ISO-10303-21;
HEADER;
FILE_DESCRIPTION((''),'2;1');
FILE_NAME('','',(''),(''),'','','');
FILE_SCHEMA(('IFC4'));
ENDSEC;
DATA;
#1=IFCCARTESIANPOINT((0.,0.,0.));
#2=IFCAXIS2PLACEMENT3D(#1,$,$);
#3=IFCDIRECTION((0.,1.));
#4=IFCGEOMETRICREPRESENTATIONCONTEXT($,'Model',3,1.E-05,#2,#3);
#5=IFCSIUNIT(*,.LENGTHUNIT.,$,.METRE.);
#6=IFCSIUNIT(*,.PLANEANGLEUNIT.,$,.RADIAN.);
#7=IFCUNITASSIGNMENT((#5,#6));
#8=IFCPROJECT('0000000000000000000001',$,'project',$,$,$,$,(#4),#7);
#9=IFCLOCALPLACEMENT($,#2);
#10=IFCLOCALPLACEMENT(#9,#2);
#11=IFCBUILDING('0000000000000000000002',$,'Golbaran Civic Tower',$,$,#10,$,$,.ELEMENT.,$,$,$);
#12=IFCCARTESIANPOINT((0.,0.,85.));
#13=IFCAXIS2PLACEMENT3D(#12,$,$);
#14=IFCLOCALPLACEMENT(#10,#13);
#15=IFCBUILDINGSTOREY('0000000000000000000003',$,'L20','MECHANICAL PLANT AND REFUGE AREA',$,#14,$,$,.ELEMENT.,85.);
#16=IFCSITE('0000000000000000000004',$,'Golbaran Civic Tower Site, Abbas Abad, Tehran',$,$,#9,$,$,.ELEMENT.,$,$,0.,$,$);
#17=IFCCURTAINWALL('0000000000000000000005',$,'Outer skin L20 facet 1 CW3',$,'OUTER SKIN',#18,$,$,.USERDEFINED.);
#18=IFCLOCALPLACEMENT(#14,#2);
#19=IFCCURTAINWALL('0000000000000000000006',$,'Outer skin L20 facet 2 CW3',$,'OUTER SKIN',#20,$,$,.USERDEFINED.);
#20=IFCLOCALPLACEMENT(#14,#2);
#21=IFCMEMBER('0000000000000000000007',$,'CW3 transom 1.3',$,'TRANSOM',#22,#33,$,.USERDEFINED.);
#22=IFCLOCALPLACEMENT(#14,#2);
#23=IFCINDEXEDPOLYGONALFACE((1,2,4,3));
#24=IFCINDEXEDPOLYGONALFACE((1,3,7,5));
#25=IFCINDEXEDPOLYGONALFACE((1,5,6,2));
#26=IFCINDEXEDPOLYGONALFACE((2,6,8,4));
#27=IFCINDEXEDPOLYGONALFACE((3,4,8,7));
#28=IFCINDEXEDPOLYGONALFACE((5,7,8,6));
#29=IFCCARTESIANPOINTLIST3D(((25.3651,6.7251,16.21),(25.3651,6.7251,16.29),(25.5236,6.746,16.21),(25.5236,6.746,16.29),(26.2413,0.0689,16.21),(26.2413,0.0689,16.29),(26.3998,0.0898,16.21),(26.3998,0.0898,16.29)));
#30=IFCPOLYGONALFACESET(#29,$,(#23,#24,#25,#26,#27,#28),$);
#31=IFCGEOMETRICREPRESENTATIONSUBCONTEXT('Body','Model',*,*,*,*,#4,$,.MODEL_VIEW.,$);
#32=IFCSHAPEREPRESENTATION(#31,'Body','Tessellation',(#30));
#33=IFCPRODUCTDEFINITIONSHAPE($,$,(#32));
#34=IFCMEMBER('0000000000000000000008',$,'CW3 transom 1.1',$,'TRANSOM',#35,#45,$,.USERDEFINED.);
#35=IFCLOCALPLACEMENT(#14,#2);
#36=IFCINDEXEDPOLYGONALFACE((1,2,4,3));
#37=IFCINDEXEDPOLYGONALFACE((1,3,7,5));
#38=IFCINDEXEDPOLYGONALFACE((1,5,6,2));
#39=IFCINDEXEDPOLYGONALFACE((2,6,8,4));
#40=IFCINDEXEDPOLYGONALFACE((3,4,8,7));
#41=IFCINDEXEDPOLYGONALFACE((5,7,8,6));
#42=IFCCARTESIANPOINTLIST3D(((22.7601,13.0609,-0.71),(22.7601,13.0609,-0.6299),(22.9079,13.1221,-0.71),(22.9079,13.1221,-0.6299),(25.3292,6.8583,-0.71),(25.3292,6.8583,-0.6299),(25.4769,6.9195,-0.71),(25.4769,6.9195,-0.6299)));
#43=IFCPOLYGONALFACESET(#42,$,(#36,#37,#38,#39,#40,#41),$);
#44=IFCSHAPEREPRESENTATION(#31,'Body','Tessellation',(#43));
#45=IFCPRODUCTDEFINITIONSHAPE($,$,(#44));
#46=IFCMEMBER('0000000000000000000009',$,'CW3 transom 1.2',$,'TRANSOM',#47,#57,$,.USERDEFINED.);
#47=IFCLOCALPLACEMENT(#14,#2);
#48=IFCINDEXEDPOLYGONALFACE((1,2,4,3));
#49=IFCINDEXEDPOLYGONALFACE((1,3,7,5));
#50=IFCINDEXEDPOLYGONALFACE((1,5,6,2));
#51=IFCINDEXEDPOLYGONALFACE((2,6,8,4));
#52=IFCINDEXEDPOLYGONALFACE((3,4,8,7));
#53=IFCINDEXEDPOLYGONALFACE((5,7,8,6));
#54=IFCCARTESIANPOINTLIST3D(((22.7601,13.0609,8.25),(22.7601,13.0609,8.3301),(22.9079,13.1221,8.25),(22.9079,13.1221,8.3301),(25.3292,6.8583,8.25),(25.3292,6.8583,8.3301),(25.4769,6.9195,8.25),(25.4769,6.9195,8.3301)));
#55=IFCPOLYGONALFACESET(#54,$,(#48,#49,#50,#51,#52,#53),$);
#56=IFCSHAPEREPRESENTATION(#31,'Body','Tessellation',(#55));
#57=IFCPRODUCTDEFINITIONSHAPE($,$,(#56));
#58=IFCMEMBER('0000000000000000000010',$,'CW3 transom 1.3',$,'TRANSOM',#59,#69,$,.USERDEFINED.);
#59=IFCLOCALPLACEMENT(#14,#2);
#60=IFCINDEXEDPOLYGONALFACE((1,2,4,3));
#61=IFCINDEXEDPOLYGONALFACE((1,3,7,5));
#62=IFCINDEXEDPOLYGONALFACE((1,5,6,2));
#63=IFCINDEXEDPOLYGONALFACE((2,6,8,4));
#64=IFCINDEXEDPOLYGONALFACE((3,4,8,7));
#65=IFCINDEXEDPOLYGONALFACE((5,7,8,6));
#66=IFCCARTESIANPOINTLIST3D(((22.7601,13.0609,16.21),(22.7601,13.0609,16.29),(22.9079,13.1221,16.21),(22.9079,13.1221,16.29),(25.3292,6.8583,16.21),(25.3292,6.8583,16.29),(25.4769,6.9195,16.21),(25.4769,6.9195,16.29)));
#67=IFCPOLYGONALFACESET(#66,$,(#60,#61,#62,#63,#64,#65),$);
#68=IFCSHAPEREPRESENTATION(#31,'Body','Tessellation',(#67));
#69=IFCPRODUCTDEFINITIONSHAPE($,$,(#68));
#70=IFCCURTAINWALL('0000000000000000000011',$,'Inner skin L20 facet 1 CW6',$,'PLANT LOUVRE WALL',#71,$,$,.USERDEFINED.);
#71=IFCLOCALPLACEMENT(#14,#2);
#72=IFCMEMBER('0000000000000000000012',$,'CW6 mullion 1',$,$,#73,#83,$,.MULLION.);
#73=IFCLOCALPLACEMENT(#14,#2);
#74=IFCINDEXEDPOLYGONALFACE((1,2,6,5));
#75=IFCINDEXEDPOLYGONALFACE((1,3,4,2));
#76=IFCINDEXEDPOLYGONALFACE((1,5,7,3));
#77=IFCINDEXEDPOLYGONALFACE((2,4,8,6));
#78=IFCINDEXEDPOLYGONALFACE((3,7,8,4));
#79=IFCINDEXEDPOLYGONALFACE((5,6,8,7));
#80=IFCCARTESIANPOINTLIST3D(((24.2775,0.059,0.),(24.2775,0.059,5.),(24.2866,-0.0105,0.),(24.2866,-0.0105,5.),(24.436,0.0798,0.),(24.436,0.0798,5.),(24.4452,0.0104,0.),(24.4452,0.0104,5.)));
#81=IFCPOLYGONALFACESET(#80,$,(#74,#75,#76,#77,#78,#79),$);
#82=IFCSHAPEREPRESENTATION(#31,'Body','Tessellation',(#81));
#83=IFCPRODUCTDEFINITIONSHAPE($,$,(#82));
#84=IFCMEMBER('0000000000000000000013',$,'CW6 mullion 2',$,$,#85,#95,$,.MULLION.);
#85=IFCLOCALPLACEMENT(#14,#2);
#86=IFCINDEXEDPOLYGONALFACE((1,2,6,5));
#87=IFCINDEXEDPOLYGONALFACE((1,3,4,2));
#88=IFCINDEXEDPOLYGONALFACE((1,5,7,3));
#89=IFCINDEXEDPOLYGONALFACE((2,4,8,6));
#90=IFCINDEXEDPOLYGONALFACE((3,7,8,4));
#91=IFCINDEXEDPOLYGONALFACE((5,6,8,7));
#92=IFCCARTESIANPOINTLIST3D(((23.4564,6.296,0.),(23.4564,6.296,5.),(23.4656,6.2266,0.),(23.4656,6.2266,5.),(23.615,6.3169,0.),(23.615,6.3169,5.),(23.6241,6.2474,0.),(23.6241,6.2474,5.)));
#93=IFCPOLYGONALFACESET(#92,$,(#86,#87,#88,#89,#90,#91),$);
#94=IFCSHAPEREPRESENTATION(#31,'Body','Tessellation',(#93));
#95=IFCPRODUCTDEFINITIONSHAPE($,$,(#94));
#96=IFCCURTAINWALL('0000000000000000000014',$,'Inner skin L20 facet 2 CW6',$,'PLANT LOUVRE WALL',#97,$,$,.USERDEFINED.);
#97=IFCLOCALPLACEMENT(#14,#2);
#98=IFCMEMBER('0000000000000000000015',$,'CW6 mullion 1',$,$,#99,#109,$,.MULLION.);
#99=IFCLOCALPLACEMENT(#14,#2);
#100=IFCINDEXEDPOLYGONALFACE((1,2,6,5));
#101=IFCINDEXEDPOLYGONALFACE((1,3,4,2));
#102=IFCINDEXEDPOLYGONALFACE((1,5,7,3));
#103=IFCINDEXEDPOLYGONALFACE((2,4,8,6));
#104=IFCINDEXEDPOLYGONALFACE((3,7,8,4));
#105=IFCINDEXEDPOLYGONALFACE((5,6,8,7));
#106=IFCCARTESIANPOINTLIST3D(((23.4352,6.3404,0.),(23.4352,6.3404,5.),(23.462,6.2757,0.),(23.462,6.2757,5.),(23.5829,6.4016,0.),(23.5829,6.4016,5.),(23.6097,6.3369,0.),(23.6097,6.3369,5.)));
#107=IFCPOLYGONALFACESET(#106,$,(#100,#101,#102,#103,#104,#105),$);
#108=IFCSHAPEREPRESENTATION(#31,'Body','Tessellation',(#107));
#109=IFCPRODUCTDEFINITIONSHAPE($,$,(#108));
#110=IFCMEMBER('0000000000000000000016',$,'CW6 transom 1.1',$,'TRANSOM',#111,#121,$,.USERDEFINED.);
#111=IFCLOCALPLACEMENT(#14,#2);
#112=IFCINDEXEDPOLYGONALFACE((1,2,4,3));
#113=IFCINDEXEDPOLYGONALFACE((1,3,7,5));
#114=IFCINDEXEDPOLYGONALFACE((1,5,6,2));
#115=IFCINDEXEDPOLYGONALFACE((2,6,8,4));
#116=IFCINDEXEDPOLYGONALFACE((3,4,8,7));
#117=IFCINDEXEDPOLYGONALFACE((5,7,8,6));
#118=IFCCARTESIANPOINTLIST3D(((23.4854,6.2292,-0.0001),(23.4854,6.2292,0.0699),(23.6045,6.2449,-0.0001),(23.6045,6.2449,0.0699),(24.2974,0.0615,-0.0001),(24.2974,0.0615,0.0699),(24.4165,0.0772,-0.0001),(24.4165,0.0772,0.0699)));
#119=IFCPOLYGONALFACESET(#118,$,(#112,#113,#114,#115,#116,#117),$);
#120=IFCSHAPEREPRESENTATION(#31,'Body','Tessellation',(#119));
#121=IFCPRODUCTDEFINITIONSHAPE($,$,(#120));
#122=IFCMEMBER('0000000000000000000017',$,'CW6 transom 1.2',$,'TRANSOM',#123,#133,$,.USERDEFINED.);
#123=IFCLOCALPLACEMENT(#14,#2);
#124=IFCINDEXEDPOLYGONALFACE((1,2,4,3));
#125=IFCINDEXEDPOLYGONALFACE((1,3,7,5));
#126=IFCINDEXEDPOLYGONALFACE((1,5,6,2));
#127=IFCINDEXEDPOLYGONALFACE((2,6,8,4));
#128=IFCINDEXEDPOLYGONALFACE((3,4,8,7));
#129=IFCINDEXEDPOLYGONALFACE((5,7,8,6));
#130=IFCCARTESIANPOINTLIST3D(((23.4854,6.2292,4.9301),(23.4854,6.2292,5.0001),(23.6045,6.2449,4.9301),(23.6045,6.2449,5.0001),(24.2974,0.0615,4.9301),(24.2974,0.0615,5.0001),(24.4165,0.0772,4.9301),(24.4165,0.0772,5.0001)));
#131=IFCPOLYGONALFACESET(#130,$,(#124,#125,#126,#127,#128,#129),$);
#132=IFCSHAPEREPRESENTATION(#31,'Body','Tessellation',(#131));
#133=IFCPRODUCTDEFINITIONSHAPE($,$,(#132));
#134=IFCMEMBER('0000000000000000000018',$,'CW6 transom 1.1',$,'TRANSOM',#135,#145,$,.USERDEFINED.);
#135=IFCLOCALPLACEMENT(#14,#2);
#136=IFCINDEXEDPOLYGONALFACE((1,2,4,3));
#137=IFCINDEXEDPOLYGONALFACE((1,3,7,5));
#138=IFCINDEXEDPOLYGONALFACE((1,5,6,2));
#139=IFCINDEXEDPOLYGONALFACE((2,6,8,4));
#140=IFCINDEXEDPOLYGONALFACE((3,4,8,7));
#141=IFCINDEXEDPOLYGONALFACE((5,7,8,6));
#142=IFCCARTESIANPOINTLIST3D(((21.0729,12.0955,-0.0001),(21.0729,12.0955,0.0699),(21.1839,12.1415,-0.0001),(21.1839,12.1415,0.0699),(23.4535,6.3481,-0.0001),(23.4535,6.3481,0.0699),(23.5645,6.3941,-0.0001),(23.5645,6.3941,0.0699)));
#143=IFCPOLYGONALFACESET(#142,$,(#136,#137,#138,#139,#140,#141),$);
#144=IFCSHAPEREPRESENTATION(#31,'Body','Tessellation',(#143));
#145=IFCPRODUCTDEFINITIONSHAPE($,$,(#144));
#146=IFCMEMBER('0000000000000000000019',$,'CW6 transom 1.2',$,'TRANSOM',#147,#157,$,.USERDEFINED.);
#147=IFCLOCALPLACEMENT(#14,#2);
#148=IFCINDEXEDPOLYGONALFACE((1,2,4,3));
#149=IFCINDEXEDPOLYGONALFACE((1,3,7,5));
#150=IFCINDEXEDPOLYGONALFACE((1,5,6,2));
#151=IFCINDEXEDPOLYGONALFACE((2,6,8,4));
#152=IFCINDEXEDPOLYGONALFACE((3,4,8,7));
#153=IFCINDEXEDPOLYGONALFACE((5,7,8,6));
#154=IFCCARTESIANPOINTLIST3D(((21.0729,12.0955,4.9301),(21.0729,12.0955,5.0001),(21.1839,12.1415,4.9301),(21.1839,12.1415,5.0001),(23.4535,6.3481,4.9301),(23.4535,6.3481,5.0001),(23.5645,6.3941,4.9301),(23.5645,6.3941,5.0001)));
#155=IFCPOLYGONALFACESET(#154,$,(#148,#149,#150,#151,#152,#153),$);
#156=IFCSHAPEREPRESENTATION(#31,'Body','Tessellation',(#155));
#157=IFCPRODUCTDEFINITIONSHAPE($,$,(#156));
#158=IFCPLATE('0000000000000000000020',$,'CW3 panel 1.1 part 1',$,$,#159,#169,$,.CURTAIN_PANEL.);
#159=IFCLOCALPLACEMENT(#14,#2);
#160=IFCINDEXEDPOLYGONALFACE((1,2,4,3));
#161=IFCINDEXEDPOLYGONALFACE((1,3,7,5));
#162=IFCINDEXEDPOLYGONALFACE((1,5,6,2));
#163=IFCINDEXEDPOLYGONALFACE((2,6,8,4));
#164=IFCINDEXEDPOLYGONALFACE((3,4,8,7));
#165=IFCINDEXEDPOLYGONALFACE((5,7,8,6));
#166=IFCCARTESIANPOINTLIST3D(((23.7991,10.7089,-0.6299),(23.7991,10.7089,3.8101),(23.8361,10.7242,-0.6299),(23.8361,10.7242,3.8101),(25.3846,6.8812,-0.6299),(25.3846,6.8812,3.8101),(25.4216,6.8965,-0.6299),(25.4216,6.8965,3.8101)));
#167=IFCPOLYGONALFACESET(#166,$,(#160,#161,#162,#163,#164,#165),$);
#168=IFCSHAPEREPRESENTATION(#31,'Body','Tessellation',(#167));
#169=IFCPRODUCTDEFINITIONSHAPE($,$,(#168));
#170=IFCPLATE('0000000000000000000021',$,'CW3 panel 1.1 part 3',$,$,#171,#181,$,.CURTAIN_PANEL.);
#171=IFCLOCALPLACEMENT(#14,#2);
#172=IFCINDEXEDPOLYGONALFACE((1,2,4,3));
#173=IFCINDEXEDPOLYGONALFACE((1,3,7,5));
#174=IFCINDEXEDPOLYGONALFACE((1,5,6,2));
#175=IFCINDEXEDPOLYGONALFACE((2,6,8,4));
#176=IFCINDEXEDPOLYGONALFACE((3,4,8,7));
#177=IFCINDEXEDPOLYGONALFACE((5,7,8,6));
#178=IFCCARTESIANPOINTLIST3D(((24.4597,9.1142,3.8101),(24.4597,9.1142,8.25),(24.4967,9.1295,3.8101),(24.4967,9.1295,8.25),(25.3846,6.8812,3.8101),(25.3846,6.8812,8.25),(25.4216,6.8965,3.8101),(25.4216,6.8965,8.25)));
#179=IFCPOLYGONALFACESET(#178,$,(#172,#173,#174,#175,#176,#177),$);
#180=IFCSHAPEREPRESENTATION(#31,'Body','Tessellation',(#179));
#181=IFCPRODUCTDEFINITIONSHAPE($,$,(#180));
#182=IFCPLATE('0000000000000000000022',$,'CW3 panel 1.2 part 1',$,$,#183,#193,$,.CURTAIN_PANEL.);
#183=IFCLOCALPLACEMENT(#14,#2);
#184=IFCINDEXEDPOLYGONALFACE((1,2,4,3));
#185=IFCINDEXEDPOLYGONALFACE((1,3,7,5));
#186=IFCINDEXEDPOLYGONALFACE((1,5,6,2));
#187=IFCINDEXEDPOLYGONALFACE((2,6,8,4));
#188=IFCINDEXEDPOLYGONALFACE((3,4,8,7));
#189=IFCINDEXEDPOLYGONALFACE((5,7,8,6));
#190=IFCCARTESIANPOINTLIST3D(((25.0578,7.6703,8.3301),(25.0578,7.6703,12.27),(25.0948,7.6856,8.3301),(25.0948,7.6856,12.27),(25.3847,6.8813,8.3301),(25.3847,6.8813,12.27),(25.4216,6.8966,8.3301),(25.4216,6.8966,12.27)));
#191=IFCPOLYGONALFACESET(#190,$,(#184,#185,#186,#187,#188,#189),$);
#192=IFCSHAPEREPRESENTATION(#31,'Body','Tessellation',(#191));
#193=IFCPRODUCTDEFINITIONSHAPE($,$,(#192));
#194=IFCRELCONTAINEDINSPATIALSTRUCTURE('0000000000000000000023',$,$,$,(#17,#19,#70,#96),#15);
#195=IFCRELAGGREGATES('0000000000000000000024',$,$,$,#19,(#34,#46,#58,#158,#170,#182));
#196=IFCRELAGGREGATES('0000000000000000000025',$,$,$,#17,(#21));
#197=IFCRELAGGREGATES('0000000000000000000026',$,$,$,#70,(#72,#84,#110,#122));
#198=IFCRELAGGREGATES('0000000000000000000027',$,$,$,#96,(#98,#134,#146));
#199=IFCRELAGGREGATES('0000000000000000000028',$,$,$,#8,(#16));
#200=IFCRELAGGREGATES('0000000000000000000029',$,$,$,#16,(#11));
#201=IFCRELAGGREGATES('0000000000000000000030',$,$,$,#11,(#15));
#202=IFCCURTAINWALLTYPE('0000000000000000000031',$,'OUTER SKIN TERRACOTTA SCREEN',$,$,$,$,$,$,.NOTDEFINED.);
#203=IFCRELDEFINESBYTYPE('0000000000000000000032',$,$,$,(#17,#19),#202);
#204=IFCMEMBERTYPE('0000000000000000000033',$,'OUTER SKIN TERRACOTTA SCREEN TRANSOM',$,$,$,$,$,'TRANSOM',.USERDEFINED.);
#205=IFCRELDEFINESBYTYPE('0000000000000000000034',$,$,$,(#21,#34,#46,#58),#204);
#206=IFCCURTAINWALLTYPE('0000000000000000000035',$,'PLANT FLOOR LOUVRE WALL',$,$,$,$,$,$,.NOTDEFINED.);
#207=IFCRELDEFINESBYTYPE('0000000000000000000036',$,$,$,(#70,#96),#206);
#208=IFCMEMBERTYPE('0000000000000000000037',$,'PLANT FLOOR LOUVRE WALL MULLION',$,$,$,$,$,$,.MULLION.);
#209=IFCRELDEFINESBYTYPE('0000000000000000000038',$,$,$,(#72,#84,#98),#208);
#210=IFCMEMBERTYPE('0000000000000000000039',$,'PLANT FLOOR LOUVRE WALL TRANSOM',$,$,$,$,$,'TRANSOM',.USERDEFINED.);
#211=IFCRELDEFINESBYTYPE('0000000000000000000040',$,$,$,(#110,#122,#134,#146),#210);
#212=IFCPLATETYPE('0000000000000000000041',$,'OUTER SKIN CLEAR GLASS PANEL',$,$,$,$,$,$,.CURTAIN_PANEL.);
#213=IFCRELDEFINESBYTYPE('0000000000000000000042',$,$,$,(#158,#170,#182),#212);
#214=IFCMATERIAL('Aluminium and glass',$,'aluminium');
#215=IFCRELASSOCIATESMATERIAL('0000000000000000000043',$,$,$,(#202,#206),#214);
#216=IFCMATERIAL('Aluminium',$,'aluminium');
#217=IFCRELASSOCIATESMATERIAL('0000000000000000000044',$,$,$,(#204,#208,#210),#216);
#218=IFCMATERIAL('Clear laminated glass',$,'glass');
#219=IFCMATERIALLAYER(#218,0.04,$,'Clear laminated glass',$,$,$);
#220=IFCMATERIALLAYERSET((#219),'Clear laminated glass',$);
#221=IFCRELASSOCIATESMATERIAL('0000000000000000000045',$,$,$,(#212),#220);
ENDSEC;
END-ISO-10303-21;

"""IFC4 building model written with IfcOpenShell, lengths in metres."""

from ifc_helpers import new_model, si_unit, direction, frame, origin, origin_2d, place, context, subcontext, project, spatial, rectangle, extrude, material, layer, layer_set, material_profile, profile_set, type_object, element, aggregate, save


model = new_model("IFC4")

# Units and contexts
model_context = context("Model", 3, precision=1e-05, world=origin(), true_north=direction((0.0, 1.0)))
body_context = subcontext(model_context, "Body", "Model", "MODEL_VIEW")
ifc_project = project(units=[si_unit("LENGTHUNIT", "METRE"), si_unit("PLANEANGLEUNIT", "RADIAN")], contexts=[model_context])

# Site, building, storey
site_placement = place(None, origin())
site = spatial("IfcSite", under=ifc_project, at=site_placement, Name="Golbaran Civic Tower Site, Abbas Abad, Tehran", CompositionType="ELEMENT", RefElevation=0.0)
building_placement = place(site_placement, origin())
building = spatial("IfcBuilding", under=site, at=building_placement, Name="Golbaran Civic Tower", CompositionType="ELEMENT")
storey_placement = place(building_placement, frame((0.0, 0.0, 85.0)))
storey = spatial("IfcBuildingStorey", under=building, at=storey_placement, Name="L20", Description="MECHANICAL PLANT AND REFUGE AREA", CompositionType="ELEMENT", Elevation=85.0)

# Curtain wall
ifc_material_1 = material(Name="Aluminium and glass", Category="aluminium")
curtain_wall_type_1 = type_object("IfcCurtainWallType", Name="OUTER SKIN TERRACOTTA SCREEN", PredefinedType="NOTDEFINED", material=ifc_material_1)
curtain_wall_1_placement = place(storey_placement, origin())
curtain_wall_1 = element("IfcCurtainWall", 1, at=curtain_wall_1_placement, inside=storey, type_object=curtain_wall_type_1, Name="Outer skin L20 facet 1 CW3", ObjectType="OUTER SKIN", PredefinedType="USERDEFINED")
ifc_material_2 = material(Name="Aluminium", Category="aluminium")

# Curtain wall
curtain_wall_2_placement = place(storey_placement, origin())
curtain_wall_2 = element("IfcCurtainWall", 2, at=curtain_wall_2_placement, inside=storey, type_object=curtain_wall_type_1, Name="Outer skin L20 facet 2 CW3", ObjectType="OUTER SKIN", PredefinedType="USERDEFINED")

# Members
ifc_material_profile_1 = material_profile(ifc_material_2, rectangle(XDim=0.1599, YDim=0.0801, at=origin_2d()), Name="OUTER SKIN TERRACOTTA SCREEN TRANSOM")
ifc_profile_set_1 = profile_set([ifc_material_profile_1], Name="Aluminium")
member_type_1 = type_object("IfcMemberType", Name="OUTER SKIN TERRACOTTA SCREEN TRANSOM", ElementType="TRANSOM", PredefinedType="USERDEFINED", material=ifc_profile_set_1)
member_1_placement = place(storey_placement, frame((26.3206, 0.0793, 16.25), z_axis=(-0.130513, 0.991447, 0.0), x_axis=(-0.991447, -0.130513, 0.0)))
member_1 = element("IfcMember", 3, at=member_1_placement, type_object=member_type_1, Name="CW3 transom 1.3", ObjectType="TRANSOM", PredefinedType="USERDEFINED", context=body_context, shape_type="SweptSolid", body=[
    extrude(rectangle(XDim=0.1599, YDim=0.0801, at=origin_2d()), origin(), (0.0, 0.0, 1.0), 6.7136),
])
member_2_placement = place(storey_placement, frame((25.4031, 6.8889, -0.6699), z_axis=(-0.382668, 0.923886, 0.0), x_axis=(-0.923886, -0.382668, 0.0)))
member_2 = element("IfcMember", 4, at=member_2_placement, type_object=member_type_1, Name="CW3 transom 1.1", ObjectType="TRANSOM", PredefinedType="USERDEFINED", context=body_context, shape_type="SweptSolid", body=[
    extrude(rectangle(XDim=0.1599, YDim=0.0801, at=origin_2d()), origin(), (0.0, 0.0, 1.0), 6.7136),
])
member_3_placement = place(storey_placement, frame((25.4031, 6.8889, 8.29), z_axis=(-0.382668, 0.923886, 0.0), x_axis=(-0.923886, -0.382668, 0.0)))
member_3 = element("IfcMember", 5, at=member_3_placement, type_object=member_type_1, Name="CW3 transom 1.2", ObjectType="TRANSOM", PredefinedType="USERDEFINED", context=body_context, shape_type="SweptSolid", body=[
    extrude(rectangle(XDim=0.1599, YDim=0.0801, at=origin_2d()), origin(), (0.0, 0.0, 1.0), 6.7136),
])
member_4_placement = place(storey_placement, frame((25.4031, 6.8889, 16.25), z_axis=(-0.382668, 0.923886, 0.0), x_axis=(-0.923886, -0.382668, 0.0)))
member_4 = element("IfcMember", 6, at=member_4_placement, type_object=member_type_1, Name="CW3 transom 1.3", ObjectType="TRANSOM", PredefinedType="USERDEFINED", context=body_context, shape_type="SweptSolid", body=[
    extrude(rectangle(XDim=0.1599, YDim=0.0801, at=origin_2d()), origin(), (0.0, 0.0, 1.0), 6.7136),
])

# Curtain wall, members
curtain_wall_type_2 = type_object("IfcCurtainWallType", Name="PLANT FLOOR LOUVRE WALL", PredefinedType="NOTDEFINED", material=ifc_material_1)
curtain_wall_3_placement = place(storey_placement, origin())
curtain_wall_3 = element("IfcCurtainWall", 7, at=curtain_wall_3_placement, inside=storey, type_object=curtain_wall_type_2, Name="Inner skin L20 facet 1 CW6", ObjectType="PLANT LOUVRE WALL", PredefinedType="USERDEFINED")
ifc_material_profile_2 = material_profile(ifc_material_2, rectangle(XDim=0.1599, YDim=0.0701, at=origin_2d()), Name="PLANT FLOOR LOUVRE WALL MULLION")
ifc_profile_set_2 = profile_set([ifc_material_profile_2], Name="Aluminium")
member_type_2 = type_object("IfcMemberType", Name="PLANT FLOOR LOUVRE WALL MULLION", PredefinedType="MULLION", material=ifc_profile_set_2)
member_5_placement = place(storey_placement, frame((24.3613, 0.0347, 0.0), z_axis=(0.0, 0.0, 1.0), x_axis=(-0.991445, -0.130526, 0.0)))
member_5 = element("IfcMember", 8, at=member_5_placement, type_object=member_type_2, Name="CW6 mullion 1", PredefinedType="MULLION", context=body_context, shape_type="SweptSolid", body=[
    extrude(rectangle(XDim=0.1599, YDim=0.0701, at=origin_2d()), origin(), (0.0, 0.0, 1.0), 5.0),
])
member_6_placement = place(storey_placement, frame((23.5403, 6.2717, 0.0), z_axis=(0.0, 0.0, 1.0), x_axis=(-0.991445, -0.130526, 0.0)))
member_6 = element("IfcMember", 9, at=member_6_placement, type_object=member_type_2, Name="CW6 mullion 2", PredefinedType="MULLION", context=body_context, shape_type="SweptSolid", body=[
    extrude(rectangle(XDim=0.1599, YDim=0.0701, at=origin_2d()), origin(), (0.0, 0.0, 1.0), 5.0),
])

# Curtain wall, member
curtain_wall_4_placement = place(storey_placement, origin())
curtain_wall_4 = element("IfcCurtainWall", 10, at=curtain_wall_4_placement, inside=storey, type_object=curtain_wall_type_2, Name="Inner skin L20 facet 2 CW6", ObjectType="PLANT LOUVRE WALL", PredefinedType="USERDEFINED")
member_7_placement = place(storey_placement, frame((23.5225, 6.3386, 0.0), z_axis=(0.0, 0.0, 1.0), x_axis=(-0.92388, -0.382683, 0.0)))
member_7 = element("IfcMember", 11, at=member_7_placement, type_object=member_type_2, Name="CW6 mullion 1", PredefinedType="MULLION", context=body_context, shape_type="SweptSolid", body=[
    extrude(rectangle(XDim=0.1599, YDim=0.0701, at=origin_2d()), origin(), (0.0, 0.0, 1.0), 5.0),
])

# Members
ifc_material_profile_3 = material_profile(ifc_material_2, rectangle(XDim=0.1201, YDim=0.0701, at=origin_2d()), Name="PLANT FLOOR LOUVRE WALL TRANSOM")
ifc_profile_set_3 = profile_set([ifc_material_profile_3], Name="Aluminium")
member_type_3 = type_object("IfcMemberType", Name="PLANT FLOOR LOUVRE WALL TRANSOM", ElementType="TRANSOM", PredefinedType="USERDEFINED", material=ifc_profile_set_3)
member_8_placement = place(storey_placement, frame((24.3569, 0.0693, 0.0349), z_axis=(-0.130529, 0.991445, 0.0), x_axis=(-0.991445, -0.130529, 0.0)))
member_8 = element("IfcMember", 12, at=member_8_placement, type_object=member_type_3, Name="CW6 transom 1.1", ObjectType="TRANSOM", PredefinedType="USERDEFINED", context=body_context, shape_type="SweptSolid", body=[
    extrude(rectangle(XDim=0.1201, YDim=0.0701, at=origin_2d()), origin(), (0.0, 0.0, 1.0), 6.2209),
])
member_9_placement = place(storey_placement, frame((24.3569, 0.0693, 4.9651), z_axis=(-0.130529, 0.991445, 0.0), x_axis=(-0.991445, -0.130529, 0.0)))
member_9 = element("IfcMember", 13, at=member_9_placement, type_object=member_type_3, Name="CW6 transom 1.2", ObjectType="TRANSOM", PredefinedType="USERDEFINED", context=body_context, shape_type="SweptSolid", body=[
    extrude(rectangle(XDim=0.1201, YDim=0.0701, at=origin_2d()), origin(), (0.0, 0.0, 1.0), 6.2209),
])
member_10_placement = place(storey_placement, frame((23.509, 6.3711, 0.0349), z_axis=(-0.382683, 0.92388, 0.0), x_axis=(-0.92388, -0.382683, 0.0)))
member_10 = element("IfcMember", 14, at=member_10_placement, type_object=member_type_3, Name="CW6 transom 1.1", ObjectType="TRANSOM", PredefinedType="USERDEFINED", context=body_context, shape_type="SweptSolid", body=[
    extrude(rectangle(XDim=0.1201, YDim=0.0701, at=origin_2d()), origin(), (0.0, 0.0, 1.0), 6.2209),
])
member_11_placement = place(storey_placement, frame((23.509, 6.3711, 4.9651), z_axis=(-0.382683, 0.92388, 0.0), x_axis=(-0.92388, -0.382683, 0.0)))
member_11 = element("IfcMember", 15, at=member_11_placement, type_object=member_type_3, Name="CW6 transom 1.2", ObjectType="TRANSOM", PredefinedType="USERDEFINED", context=body_context, shape_type="SweptSolid", body=[
    extrude(rectangle(XDim=0.1201, YDim=0.0701, at=origin_2d()), origin(), (0.0, 0.0, 1.0), 6.2209),
])

# Plates
ifc_material_3 = material(Name="Clear laminated glass", Category="glass")
ifc_layer_1 = layer(ifc_material_3, 0.04, Name="Clear laminated glass")
ifc_layer_set_1 = layer_set([ifc_layer_1], Name="Clear laminated glass")
plate_type_1 = type_object("IfcPlateType", Name="OUTER SKIN CLEAR GLASS PANEL", PredefinedType="CURTAIN_PANEL", material=ifc_layer_set_1)
plate_1_placement = place(storey_placement, frame((24.6104, 8.8027, -0.6299), z_axis=(0.0, 0.0, 1.0), x_axis=(-0.382683, 0.92388, 0.0)))
plate_1 = element("IfcPlate", 16, at=plate_1_placement, type_object=plate_type_1, Name="CW3 panel 1.1 part 1", PredefinedType="CURTAIN_PANEL", context=body_context, shape_type="SweptSolid", body=[
    extrude(rectangle(XDim=4.1431, YDim=0.04, at=origin_2d()), origin(), (0.0, 0.0, 1.0), 4.4399),
])
plate_2_placement = place(storey_placement, frame((24.9407, 8.0054, 3.8101), z_axis=(0.0, 0.0, 1.0), x_axis=(-0.382683, 0.92388, 0.0)))
plate_2 = element("IfcPlate", 17, at=plate_2_placement, type_object=plate_type_1, Name="CW3 panel 1.1 part 3", PredefinedType="CURTAIN_PANEL", context=body_context, shape_type="SweptSolid", body=[
    extrude(rectangle(XDim=2.417, YDim=0.04, at=origin_2d()), origin(), (0.0, 0.0, 1.0), 4.4399),
])
plate_3_placement = place(storey_placement, frame((25.2397, 7.2834, 8.3301), z_axis=(0.0, 0.0, 1.0), x_axis=(-0.382683, 0.92388, 0.0)))
plate_3 = element("IfcPlate", 18, at=plate_3_placement, type_object=plate_type_1, Name="CW3 panel 1.2 part 1", PredefinedType="CURTAIN_PANEL", context=body_context, shape_type="SweptSolid", body=[
    extrude(rectangle(XDim=0.854, YDim=0.04, at=origin_2d()), origin(), (0.0, 0.0, 1.0), 3.9399),
])
aggregate(curtain_wall_2, [member_2, member_3, member_4, plate_1, plate_2, plate_3])
aggregate(curtain_wall_1, [member_1])
aggregate(curtain_wall_3, [member_5, member_6, member_8, member_9])
aggregate(curtain_wall_4, [member_7, member_10, member_11])

save(model, "model.ifc")
